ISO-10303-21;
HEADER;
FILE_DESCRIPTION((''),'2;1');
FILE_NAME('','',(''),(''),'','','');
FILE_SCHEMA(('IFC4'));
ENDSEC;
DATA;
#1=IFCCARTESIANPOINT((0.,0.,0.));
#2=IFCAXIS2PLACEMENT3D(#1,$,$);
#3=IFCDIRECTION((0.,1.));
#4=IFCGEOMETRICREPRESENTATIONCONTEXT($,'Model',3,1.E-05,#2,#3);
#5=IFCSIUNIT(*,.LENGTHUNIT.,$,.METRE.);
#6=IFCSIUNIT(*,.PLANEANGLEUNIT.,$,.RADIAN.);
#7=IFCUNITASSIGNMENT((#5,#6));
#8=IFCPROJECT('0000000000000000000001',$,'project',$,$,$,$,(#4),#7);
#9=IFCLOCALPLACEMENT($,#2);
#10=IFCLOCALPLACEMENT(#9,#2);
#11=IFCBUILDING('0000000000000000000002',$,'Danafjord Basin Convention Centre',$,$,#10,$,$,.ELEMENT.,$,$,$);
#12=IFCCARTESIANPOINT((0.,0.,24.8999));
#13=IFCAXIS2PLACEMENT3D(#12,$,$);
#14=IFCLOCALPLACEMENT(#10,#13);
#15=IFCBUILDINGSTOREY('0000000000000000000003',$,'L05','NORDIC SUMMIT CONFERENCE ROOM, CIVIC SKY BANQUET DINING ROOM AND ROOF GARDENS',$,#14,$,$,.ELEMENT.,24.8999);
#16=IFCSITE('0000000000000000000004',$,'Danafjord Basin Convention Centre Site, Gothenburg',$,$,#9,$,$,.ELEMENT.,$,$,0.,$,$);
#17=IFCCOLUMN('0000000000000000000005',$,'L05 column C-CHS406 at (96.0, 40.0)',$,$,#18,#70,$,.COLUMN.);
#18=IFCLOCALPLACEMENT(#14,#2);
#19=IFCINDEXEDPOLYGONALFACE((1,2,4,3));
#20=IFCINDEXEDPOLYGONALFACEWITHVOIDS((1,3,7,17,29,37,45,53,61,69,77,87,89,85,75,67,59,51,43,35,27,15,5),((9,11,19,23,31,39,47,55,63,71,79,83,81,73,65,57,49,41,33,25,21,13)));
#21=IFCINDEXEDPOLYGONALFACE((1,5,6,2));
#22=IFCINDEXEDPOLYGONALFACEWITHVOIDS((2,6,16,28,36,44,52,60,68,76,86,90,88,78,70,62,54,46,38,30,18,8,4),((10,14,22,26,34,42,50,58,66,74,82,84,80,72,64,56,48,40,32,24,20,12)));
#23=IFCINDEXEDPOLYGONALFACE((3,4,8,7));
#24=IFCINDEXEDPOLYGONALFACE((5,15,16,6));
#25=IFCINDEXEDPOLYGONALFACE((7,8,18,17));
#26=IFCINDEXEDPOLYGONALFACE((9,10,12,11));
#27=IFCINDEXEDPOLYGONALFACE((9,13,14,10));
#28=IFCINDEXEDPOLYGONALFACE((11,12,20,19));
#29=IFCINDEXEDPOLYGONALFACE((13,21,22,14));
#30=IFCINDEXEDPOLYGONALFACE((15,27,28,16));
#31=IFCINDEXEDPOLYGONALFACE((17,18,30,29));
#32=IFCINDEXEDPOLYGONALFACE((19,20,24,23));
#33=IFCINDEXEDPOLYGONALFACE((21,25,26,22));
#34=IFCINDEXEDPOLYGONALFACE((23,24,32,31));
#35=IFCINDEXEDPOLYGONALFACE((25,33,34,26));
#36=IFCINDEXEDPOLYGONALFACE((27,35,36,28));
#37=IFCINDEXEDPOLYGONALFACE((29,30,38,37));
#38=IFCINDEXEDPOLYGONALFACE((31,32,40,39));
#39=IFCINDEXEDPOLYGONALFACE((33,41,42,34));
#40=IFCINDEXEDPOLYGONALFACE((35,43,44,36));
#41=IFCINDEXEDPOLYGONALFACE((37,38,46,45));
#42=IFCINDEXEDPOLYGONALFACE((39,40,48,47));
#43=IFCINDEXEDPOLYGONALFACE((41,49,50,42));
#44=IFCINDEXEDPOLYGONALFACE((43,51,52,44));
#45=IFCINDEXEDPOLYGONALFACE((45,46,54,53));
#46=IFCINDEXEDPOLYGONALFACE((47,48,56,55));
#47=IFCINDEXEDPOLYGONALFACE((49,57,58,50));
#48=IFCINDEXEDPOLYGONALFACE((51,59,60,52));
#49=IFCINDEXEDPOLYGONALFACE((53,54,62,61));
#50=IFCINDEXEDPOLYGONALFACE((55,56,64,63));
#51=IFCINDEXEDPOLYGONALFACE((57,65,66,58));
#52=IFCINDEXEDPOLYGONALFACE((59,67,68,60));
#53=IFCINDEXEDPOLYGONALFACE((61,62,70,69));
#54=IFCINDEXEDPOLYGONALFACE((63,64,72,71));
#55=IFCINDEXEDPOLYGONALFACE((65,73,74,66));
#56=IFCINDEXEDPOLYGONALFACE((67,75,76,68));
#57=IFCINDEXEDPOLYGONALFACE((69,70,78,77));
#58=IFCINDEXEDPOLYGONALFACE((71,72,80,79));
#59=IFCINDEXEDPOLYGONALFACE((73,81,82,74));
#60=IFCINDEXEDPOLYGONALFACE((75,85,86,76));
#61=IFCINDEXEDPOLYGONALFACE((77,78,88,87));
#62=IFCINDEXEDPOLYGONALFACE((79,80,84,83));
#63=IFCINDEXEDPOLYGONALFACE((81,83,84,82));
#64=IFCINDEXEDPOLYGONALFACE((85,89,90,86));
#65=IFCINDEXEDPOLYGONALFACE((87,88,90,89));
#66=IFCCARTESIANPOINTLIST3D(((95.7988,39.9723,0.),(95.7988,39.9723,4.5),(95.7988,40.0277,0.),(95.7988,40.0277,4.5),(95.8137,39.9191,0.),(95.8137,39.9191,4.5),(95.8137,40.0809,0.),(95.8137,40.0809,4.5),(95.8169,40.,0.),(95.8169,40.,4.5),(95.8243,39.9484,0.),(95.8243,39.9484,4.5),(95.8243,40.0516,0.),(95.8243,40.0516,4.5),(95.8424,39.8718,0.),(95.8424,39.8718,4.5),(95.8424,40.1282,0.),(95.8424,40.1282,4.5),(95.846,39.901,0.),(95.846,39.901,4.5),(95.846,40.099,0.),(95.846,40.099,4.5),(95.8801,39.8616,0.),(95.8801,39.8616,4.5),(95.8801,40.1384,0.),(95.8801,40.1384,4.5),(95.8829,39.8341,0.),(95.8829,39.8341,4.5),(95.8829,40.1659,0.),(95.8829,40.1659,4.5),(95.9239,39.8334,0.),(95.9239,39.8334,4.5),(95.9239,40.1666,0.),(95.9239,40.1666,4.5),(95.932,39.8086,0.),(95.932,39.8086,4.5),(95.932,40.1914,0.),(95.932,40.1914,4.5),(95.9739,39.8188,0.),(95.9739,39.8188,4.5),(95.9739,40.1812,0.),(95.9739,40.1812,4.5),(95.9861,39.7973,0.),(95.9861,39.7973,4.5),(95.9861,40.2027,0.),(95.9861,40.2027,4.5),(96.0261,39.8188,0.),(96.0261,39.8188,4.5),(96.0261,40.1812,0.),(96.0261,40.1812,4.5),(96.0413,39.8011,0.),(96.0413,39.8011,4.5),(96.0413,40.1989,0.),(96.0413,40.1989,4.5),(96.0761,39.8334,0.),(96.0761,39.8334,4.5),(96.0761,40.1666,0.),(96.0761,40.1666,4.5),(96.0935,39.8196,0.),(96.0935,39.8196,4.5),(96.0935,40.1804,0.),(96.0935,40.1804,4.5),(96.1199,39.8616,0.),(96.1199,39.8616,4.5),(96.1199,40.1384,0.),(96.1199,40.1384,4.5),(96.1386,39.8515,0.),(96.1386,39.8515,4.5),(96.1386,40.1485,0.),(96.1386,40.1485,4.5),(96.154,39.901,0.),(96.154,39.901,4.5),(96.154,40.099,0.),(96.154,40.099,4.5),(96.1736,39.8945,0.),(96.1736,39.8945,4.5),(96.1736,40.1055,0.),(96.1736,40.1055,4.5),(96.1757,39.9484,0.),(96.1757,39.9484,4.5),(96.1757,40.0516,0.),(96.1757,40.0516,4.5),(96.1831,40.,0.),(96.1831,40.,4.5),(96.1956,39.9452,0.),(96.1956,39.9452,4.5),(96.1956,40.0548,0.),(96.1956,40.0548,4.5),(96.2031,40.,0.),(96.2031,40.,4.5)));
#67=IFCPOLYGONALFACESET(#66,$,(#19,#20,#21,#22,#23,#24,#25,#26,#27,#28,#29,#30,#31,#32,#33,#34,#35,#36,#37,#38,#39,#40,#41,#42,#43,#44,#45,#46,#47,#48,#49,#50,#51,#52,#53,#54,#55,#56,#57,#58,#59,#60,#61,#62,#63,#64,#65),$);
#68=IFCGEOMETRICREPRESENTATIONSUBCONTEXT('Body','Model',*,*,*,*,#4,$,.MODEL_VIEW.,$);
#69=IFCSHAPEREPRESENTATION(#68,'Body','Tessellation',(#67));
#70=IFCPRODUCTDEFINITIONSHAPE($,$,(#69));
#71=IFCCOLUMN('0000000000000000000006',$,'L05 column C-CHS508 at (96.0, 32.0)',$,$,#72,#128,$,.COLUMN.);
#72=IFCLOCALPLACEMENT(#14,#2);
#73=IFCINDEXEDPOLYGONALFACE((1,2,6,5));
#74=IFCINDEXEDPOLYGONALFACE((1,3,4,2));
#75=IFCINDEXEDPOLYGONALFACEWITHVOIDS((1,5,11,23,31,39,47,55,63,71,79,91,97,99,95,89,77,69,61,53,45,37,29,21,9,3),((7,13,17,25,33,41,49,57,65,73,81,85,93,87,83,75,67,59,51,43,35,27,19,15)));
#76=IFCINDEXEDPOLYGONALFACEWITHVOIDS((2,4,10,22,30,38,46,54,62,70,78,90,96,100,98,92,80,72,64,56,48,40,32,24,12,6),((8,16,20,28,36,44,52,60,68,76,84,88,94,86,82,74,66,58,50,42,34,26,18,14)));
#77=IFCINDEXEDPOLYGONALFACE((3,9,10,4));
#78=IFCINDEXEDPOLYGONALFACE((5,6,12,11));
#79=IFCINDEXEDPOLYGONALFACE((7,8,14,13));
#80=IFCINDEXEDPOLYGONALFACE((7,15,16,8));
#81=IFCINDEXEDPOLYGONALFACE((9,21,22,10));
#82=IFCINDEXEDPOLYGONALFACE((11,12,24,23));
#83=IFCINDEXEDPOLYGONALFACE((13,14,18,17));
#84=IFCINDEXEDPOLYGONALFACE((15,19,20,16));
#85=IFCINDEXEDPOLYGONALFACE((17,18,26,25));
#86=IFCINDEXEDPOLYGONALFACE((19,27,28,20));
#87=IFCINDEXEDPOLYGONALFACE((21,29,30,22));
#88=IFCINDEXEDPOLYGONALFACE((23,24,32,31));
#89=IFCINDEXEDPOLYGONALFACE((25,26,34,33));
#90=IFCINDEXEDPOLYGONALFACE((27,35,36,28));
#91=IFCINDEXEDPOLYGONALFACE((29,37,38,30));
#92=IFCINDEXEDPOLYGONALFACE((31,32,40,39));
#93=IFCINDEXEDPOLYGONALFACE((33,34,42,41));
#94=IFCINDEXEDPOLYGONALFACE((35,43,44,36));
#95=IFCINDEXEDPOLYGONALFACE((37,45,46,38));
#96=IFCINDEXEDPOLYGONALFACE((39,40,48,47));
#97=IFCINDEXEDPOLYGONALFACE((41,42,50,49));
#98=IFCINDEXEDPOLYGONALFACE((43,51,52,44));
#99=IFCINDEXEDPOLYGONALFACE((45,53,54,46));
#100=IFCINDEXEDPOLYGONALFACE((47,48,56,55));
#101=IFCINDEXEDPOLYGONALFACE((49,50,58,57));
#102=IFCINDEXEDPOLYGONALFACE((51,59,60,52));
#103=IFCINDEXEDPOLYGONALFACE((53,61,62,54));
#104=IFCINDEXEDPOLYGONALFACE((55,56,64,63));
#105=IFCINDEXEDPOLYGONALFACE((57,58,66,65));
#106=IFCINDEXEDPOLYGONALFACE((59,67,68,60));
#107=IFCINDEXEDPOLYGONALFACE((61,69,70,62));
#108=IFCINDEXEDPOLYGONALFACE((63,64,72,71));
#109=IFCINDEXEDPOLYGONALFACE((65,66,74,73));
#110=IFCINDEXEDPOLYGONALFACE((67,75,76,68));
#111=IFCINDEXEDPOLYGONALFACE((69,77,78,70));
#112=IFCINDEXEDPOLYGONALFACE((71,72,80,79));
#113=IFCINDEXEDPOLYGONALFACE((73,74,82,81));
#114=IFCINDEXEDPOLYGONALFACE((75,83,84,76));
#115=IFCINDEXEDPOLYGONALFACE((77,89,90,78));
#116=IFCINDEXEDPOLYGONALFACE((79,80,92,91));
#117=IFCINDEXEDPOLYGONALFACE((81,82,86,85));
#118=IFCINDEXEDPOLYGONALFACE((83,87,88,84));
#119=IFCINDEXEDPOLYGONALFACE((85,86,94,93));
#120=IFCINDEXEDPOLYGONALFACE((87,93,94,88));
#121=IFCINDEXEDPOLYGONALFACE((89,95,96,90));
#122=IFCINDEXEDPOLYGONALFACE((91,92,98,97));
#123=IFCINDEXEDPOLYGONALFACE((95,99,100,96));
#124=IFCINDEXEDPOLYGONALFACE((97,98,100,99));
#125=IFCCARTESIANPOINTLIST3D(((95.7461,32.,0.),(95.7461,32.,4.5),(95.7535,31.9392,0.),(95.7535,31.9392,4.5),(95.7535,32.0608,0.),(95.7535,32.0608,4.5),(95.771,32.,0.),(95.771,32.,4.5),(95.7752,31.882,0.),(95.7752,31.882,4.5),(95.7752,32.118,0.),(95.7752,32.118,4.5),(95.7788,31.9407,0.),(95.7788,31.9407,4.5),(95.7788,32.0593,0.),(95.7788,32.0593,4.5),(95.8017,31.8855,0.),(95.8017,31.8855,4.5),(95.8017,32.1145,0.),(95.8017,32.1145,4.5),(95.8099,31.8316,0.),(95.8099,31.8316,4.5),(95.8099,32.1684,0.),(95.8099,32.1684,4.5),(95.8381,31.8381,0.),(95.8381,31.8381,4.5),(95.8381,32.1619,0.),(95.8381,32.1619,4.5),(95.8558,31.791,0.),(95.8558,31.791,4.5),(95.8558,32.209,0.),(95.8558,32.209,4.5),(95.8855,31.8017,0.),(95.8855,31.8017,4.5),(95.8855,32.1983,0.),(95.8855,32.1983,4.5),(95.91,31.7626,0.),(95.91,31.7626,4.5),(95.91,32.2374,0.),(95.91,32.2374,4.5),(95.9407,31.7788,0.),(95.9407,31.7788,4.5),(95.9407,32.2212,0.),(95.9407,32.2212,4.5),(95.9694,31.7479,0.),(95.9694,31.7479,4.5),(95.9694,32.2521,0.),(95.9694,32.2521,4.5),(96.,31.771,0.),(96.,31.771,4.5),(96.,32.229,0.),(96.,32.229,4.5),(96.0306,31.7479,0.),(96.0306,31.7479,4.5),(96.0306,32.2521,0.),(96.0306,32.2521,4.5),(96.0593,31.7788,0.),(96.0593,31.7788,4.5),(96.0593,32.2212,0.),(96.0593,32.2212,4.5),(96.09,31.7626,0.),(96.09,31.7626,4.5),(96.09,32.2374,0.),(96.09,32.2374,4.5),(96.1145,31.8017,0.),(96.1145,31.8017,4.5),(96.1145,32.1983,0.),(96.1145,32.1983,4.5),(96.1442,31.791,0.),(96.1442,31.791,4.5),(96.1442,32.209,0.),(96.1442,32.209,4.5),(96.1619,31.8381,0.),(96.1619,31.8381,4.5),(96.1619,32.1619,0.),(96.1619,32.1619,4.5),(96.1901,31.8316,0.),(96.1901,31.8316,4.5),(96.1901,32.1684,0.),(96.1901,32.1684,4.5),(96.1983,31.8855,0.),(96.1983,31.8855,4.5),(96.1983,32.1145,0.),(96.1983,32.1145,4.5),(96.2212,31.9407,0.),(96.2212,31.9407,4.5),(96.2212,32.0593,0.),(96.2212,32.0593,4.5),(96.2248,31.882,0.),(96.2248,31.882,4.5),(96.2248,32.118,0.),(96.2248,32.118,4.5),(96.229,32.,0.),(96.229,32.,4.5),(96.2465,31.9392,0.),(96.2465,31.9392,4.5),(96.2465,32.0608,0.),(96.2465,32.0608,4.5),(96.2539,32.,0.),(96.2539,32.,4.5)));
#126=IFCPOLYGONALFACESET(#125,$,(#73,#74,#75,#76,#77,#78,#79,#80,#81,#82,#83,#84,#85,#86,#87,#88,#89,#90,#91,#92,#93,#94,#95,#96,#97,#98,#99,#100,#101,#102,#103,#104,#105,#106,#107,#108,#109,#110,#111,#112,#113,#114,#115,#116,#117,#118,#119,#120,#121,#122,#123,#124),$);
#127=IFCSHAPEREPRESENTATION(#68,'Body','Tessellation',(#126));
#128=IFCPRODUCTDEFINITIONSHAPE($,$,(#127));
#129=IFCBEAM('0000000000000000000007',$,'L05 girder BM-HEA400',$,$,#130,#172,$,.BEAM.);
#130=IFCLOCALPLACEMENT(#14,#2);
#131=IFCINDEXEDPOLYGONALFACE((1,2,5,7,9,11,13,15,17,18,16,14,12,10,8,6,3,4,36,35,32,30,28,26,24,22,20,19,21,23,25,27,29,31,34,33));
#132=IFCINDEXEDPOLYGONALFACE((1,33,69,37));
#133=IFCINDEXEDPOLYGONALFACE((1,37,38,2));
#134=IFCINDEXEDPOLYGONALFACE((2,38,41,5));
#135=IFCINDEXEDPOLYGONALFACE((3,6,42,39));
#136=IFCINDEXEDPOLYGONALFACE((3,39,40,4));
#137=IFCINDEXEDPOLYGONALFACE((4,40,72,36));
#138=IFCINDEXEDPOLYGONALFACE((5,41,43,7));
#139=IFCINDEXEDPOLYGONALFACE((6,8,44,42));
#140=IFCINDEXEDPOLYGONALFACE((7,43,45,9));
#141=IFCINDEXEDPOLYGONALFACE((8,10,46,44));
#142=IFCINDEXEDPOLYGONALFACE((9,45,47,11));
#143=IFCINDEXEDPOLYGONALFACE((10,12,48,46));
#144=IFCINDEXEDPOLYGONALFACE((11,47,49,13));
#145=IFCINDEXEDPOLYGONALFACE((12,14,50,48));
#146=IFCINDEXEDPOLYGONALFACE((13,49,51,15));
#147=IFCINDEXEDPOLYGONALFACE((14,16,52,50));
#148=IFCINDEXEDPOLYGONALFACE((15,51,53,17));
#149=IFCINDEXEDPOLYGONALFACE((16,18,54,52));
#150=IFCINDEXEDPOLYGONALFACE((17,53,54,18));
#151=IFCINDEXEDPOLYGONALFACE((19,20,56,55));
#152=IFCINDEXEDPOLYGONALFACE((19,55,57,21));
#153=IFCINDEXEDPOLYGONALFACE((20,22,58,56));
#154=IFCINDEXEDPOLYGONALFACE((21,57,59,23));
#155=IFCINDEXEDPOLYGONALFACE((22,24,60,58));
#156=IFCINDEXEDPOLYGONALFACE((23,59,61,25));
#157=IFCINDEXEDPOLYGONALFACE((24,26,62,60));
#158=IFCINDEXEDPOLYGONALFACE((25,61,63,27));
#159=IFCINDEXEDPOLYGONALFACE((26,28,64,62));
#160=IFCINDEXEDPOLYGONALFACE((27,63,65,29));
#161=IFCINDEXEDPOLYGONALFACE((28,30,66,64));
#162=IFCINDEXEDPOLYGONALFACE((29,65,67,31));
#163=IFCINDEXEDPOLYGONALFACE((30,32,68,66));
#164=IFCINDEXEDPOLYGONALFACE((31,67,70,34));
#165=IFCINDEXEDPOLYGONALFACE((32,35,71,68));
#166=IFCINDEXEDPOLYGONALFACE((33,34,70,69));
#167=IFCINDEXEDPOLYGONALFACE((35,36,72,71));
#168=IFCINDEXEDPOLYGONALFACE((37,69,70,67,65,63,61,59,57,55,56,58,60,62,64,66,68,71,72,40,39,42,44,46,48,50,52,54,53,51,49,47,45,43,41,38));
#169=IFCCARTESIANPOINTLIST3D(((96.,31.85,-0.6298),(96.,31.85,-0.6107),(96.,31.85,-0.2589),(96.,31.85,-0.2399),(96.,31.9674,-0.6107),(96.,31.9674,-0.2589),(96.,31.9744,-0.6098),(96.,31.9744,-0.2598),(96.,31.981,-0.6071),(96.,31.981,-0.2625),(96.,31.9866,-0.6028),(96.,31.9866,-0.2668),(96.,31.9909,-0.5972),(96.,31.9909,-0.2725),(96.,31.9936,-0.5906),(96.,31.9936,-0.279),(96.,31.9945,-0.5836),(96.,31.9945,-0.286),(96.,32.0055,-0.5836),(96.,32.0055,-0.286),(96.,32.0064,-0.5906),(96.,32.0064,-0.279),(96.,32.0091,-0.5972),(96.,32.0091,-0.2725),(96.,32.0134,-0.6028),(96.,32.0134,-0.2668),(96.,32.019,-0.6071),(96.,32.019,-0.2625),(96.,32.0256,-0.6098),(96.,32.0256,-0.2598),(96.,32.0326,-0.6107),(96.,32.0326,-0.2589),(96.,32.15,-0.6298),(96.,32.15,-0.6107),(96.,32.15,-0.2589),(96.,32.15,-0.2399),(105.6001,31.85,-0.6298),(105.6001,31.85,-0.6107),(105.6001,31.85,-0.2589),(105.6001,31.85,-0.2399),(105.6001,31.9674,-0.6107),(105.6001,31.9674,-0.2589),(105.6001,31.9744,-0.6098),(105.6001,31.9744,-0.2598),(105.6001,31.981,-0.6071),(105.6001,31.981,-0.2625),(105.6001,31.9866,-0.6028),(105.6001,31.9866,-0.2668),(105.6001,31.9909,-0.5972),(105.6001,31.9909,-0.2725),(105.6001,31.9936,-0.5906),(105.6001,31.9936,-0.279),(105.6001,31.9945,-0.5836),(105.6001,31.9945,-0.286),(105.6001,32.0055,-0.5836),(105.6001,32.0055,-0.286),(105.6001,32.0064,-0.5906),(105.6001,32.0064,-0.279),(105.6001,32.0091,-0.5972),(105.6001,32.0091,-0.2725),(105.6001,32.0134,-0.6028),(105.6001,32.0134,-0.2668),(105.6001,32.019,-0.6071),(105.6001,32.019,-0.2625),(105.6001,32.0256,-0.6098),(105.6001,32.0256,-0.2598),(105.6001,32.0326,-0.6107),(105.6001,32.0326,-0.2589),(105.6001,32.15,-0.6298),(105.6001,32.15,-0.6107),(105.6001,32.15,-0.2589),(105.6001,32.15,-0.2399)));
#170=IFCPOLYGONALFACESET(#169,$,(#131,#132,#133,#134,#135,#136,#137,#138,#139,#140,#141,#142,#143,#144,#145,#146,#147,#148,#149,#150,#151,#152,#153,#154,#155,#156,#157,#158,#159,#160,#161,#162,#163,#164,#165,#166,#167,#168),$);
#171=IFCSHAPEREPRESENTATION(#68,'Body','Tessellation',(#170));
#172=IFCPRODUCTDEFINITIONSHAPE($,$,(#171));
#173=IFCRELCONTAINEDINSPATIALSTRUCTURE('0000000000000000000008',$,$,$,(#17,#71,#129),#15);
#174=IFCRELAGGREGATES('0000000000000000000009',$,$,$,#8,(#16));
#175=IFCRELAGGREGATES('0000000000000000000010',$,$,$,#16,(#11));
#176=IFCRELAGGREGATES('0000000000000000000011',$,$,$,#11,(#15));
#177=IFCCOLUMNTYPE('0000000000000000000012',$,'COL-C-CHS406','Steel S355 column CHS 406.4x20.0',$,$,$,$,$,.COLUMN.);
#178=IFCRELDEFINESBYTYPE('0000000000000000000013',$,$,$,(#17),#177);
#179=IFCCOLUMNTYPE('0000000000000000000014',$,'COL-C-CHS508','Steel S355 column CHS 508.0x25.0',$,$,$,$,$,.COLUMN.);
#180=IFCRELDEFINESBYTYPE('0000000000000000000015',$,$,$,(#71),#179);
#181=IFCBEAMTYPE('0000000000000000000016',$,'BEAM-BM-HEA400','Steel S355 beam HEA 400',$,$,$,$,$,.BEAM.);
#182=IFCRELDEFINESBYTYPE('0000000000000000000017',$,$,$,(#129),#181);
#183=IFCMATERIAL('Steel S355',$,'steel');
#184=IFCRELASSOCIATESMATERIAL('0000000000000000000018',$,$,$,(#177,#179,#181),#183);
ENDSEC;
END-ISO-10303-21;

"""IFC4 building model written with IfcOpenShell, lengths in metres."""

from ifc_helpers import new_model, si_unit, direction, frame, origin, origin_2d, place, context, subcontext, project, spatial, hollow_circle, i_section, extrude, material, material_profile, profile_set, type_object, element, save


model = new_model("IFC4")

# Units and contexts
model_context = context("Model", 3, precision=1e-05, world=origin(), true_north=direction((0.0, 1.0)))
body_context = subcontext(model_context, "Body", "Model", "MODEL_VIEW")
ifc_project = project(units=[si_unit("LENGTHUNIT", "METRE"), si_unit("PLANEANGLEUNIT", "RADIAN")], contexts=[model_context])

# Site, building, storey
site_placement = place(None, origin())
site = spatial("IfcSite", under=ifc_project, at=site_placement, Name="Danafjord Basin Convention Centre Site, Gothenburg", CompositionType="ELEMENT", RefElevation=0.0)
building_placement = place(site_placement, origin())
building = spatial("IfcBuilding", under=site, at=building_placement, Name="Danafjord Basin Convention Centre", CompositionType="ELEMENT")
storey_placement = place(building_placement, frame((0.0, 0.0, 24.8999)))
storey = spatial("IfcBuildingStorey", under=building, at=storey_placement, Name="L05", Description="NORDIC SUMMIT CONFERENCE ROOM, CIVIC SKY BANQUET DINING ROOM AND ROOF GARDENS", CompositionType="ELEMENT", Elevation=24.8999)

# Columns
ifc_material_1 = material(Name="Steel S355", Category="steel")
ifc_material_profile_1 = material_profile(ifc_material_1, hollow_circle(Radius=0.2031, WallThickness=0.02, at=origin_2d()), Name="CHS 406.4x20.0")
ifc_profile_set_1 = profile_set([ifc_material_profile_1], Name="Steel S355")
column_type_1 = type_object("IfcColumnType", Name="COL-C-CHS406", Description="Steel S355 column CHS 406.4x20.0", PredefinedType="COLUMN", material=ifc_profile_set_1)
column_1_placement = place(storey_placement, frame((96.0, 40.0, 0.0), z_axis=(0.0, 0.0, 1.0), x_axis=(1.0, 0.0, 0.0)))
element("IfcColumn", 1, at=column_1_placement, inside=storey, type_object=column_type_1, Name="L05 column C-CHS406 at (96.0, 40.0)", PredefinedType="COLUMN", context=body_context, shape_type="SweptSolid", body=[
    extrude(hollow_circle(Radius=0.2031, WallThickness=0.02, at=origin_2d()), origin(), (0.0, 0.0, 1.0), 4.5),
])
ifc_material_profile_2 = material_profile(ifc_material_1, hollow_circle(Radius=0.2539, WallThickness=0.0249, at=origin_2d()), Name="CHS 508.0x25.0")
ifc_profile_set_2 = profile_set([ifc_material_profile_2], Name="Steel S355")
column_type_2 = type_object("IfcColumnType", Name="COL-C-CHS508", Description="Steel S355 column CHS 508.0x25.0", PredefinedType="COLUMN", material=ifc_profile_set_2)
column_2_placement = place(storey_placement, frame((96.0, 32.0, 0.0), z_axis=(0.0, 0.0, 1.0), x_axis=(1.0, 0.0, 0.0)))
element("IfcColumn", 2, at=column_2_placement, inside=storey, type_object=column_type_2, Name="L05 column C-CHS508 at (96.0, 32.0)", PredefinedType="COLUMN", context=body_context, shape_type="SweptSolid", body=[
    extrude(hollow_circle(Radius=0.2539, WallThickness=0.0249, at=origin_2d()), origin(), (0.0, 0.0, 1.0), 4.5),
])

# Beam
ifc_material_profile_3 = material_profile(ifc_material_1, i_section(OverallWidth=0.3, OverallDepth=0.3899, WebThickness=0.011, FlangeThickness=0.019, FilletRadius=0.0271, at=origin_2d()), Name="HEA 400")
ifc_profile_set_3 = profile_set([ifc_material_profile_3], Name="Steel S355")
beam_type_1 = type_object("IfcBeamType", Name="BEAM-BM-HEA400", Description="Steel S355 beam HEA 400", PredefinedType="BEAM", material=ifc_profile_set_3)
beam_1_placement = place(storey_placement, frame((96.0, 32.0, -0.4348), z_axis=(1.0, 0.0, 0.0), x_axis=(0.0, 1.0, 0.0)))
element("IfcBeam", 3, at=beam_1_placement, inside=storey, type_object=beam_type_1, Name="L05 girder BM-HEA400", PredefinedType="BEAM", context=body_context, shape_type="SweptSolid", body=[
    extrude(i_section(OverallWidth=0.3, OverallDepth=0.3899, WebThickness=0.011, FlangeThickness=0.019, FilletRadius=0.0271, at=origin_2d()), origin(), (0.0, 0.0, 1.0), 9.6001),
])

save(model, "model.ifc")
